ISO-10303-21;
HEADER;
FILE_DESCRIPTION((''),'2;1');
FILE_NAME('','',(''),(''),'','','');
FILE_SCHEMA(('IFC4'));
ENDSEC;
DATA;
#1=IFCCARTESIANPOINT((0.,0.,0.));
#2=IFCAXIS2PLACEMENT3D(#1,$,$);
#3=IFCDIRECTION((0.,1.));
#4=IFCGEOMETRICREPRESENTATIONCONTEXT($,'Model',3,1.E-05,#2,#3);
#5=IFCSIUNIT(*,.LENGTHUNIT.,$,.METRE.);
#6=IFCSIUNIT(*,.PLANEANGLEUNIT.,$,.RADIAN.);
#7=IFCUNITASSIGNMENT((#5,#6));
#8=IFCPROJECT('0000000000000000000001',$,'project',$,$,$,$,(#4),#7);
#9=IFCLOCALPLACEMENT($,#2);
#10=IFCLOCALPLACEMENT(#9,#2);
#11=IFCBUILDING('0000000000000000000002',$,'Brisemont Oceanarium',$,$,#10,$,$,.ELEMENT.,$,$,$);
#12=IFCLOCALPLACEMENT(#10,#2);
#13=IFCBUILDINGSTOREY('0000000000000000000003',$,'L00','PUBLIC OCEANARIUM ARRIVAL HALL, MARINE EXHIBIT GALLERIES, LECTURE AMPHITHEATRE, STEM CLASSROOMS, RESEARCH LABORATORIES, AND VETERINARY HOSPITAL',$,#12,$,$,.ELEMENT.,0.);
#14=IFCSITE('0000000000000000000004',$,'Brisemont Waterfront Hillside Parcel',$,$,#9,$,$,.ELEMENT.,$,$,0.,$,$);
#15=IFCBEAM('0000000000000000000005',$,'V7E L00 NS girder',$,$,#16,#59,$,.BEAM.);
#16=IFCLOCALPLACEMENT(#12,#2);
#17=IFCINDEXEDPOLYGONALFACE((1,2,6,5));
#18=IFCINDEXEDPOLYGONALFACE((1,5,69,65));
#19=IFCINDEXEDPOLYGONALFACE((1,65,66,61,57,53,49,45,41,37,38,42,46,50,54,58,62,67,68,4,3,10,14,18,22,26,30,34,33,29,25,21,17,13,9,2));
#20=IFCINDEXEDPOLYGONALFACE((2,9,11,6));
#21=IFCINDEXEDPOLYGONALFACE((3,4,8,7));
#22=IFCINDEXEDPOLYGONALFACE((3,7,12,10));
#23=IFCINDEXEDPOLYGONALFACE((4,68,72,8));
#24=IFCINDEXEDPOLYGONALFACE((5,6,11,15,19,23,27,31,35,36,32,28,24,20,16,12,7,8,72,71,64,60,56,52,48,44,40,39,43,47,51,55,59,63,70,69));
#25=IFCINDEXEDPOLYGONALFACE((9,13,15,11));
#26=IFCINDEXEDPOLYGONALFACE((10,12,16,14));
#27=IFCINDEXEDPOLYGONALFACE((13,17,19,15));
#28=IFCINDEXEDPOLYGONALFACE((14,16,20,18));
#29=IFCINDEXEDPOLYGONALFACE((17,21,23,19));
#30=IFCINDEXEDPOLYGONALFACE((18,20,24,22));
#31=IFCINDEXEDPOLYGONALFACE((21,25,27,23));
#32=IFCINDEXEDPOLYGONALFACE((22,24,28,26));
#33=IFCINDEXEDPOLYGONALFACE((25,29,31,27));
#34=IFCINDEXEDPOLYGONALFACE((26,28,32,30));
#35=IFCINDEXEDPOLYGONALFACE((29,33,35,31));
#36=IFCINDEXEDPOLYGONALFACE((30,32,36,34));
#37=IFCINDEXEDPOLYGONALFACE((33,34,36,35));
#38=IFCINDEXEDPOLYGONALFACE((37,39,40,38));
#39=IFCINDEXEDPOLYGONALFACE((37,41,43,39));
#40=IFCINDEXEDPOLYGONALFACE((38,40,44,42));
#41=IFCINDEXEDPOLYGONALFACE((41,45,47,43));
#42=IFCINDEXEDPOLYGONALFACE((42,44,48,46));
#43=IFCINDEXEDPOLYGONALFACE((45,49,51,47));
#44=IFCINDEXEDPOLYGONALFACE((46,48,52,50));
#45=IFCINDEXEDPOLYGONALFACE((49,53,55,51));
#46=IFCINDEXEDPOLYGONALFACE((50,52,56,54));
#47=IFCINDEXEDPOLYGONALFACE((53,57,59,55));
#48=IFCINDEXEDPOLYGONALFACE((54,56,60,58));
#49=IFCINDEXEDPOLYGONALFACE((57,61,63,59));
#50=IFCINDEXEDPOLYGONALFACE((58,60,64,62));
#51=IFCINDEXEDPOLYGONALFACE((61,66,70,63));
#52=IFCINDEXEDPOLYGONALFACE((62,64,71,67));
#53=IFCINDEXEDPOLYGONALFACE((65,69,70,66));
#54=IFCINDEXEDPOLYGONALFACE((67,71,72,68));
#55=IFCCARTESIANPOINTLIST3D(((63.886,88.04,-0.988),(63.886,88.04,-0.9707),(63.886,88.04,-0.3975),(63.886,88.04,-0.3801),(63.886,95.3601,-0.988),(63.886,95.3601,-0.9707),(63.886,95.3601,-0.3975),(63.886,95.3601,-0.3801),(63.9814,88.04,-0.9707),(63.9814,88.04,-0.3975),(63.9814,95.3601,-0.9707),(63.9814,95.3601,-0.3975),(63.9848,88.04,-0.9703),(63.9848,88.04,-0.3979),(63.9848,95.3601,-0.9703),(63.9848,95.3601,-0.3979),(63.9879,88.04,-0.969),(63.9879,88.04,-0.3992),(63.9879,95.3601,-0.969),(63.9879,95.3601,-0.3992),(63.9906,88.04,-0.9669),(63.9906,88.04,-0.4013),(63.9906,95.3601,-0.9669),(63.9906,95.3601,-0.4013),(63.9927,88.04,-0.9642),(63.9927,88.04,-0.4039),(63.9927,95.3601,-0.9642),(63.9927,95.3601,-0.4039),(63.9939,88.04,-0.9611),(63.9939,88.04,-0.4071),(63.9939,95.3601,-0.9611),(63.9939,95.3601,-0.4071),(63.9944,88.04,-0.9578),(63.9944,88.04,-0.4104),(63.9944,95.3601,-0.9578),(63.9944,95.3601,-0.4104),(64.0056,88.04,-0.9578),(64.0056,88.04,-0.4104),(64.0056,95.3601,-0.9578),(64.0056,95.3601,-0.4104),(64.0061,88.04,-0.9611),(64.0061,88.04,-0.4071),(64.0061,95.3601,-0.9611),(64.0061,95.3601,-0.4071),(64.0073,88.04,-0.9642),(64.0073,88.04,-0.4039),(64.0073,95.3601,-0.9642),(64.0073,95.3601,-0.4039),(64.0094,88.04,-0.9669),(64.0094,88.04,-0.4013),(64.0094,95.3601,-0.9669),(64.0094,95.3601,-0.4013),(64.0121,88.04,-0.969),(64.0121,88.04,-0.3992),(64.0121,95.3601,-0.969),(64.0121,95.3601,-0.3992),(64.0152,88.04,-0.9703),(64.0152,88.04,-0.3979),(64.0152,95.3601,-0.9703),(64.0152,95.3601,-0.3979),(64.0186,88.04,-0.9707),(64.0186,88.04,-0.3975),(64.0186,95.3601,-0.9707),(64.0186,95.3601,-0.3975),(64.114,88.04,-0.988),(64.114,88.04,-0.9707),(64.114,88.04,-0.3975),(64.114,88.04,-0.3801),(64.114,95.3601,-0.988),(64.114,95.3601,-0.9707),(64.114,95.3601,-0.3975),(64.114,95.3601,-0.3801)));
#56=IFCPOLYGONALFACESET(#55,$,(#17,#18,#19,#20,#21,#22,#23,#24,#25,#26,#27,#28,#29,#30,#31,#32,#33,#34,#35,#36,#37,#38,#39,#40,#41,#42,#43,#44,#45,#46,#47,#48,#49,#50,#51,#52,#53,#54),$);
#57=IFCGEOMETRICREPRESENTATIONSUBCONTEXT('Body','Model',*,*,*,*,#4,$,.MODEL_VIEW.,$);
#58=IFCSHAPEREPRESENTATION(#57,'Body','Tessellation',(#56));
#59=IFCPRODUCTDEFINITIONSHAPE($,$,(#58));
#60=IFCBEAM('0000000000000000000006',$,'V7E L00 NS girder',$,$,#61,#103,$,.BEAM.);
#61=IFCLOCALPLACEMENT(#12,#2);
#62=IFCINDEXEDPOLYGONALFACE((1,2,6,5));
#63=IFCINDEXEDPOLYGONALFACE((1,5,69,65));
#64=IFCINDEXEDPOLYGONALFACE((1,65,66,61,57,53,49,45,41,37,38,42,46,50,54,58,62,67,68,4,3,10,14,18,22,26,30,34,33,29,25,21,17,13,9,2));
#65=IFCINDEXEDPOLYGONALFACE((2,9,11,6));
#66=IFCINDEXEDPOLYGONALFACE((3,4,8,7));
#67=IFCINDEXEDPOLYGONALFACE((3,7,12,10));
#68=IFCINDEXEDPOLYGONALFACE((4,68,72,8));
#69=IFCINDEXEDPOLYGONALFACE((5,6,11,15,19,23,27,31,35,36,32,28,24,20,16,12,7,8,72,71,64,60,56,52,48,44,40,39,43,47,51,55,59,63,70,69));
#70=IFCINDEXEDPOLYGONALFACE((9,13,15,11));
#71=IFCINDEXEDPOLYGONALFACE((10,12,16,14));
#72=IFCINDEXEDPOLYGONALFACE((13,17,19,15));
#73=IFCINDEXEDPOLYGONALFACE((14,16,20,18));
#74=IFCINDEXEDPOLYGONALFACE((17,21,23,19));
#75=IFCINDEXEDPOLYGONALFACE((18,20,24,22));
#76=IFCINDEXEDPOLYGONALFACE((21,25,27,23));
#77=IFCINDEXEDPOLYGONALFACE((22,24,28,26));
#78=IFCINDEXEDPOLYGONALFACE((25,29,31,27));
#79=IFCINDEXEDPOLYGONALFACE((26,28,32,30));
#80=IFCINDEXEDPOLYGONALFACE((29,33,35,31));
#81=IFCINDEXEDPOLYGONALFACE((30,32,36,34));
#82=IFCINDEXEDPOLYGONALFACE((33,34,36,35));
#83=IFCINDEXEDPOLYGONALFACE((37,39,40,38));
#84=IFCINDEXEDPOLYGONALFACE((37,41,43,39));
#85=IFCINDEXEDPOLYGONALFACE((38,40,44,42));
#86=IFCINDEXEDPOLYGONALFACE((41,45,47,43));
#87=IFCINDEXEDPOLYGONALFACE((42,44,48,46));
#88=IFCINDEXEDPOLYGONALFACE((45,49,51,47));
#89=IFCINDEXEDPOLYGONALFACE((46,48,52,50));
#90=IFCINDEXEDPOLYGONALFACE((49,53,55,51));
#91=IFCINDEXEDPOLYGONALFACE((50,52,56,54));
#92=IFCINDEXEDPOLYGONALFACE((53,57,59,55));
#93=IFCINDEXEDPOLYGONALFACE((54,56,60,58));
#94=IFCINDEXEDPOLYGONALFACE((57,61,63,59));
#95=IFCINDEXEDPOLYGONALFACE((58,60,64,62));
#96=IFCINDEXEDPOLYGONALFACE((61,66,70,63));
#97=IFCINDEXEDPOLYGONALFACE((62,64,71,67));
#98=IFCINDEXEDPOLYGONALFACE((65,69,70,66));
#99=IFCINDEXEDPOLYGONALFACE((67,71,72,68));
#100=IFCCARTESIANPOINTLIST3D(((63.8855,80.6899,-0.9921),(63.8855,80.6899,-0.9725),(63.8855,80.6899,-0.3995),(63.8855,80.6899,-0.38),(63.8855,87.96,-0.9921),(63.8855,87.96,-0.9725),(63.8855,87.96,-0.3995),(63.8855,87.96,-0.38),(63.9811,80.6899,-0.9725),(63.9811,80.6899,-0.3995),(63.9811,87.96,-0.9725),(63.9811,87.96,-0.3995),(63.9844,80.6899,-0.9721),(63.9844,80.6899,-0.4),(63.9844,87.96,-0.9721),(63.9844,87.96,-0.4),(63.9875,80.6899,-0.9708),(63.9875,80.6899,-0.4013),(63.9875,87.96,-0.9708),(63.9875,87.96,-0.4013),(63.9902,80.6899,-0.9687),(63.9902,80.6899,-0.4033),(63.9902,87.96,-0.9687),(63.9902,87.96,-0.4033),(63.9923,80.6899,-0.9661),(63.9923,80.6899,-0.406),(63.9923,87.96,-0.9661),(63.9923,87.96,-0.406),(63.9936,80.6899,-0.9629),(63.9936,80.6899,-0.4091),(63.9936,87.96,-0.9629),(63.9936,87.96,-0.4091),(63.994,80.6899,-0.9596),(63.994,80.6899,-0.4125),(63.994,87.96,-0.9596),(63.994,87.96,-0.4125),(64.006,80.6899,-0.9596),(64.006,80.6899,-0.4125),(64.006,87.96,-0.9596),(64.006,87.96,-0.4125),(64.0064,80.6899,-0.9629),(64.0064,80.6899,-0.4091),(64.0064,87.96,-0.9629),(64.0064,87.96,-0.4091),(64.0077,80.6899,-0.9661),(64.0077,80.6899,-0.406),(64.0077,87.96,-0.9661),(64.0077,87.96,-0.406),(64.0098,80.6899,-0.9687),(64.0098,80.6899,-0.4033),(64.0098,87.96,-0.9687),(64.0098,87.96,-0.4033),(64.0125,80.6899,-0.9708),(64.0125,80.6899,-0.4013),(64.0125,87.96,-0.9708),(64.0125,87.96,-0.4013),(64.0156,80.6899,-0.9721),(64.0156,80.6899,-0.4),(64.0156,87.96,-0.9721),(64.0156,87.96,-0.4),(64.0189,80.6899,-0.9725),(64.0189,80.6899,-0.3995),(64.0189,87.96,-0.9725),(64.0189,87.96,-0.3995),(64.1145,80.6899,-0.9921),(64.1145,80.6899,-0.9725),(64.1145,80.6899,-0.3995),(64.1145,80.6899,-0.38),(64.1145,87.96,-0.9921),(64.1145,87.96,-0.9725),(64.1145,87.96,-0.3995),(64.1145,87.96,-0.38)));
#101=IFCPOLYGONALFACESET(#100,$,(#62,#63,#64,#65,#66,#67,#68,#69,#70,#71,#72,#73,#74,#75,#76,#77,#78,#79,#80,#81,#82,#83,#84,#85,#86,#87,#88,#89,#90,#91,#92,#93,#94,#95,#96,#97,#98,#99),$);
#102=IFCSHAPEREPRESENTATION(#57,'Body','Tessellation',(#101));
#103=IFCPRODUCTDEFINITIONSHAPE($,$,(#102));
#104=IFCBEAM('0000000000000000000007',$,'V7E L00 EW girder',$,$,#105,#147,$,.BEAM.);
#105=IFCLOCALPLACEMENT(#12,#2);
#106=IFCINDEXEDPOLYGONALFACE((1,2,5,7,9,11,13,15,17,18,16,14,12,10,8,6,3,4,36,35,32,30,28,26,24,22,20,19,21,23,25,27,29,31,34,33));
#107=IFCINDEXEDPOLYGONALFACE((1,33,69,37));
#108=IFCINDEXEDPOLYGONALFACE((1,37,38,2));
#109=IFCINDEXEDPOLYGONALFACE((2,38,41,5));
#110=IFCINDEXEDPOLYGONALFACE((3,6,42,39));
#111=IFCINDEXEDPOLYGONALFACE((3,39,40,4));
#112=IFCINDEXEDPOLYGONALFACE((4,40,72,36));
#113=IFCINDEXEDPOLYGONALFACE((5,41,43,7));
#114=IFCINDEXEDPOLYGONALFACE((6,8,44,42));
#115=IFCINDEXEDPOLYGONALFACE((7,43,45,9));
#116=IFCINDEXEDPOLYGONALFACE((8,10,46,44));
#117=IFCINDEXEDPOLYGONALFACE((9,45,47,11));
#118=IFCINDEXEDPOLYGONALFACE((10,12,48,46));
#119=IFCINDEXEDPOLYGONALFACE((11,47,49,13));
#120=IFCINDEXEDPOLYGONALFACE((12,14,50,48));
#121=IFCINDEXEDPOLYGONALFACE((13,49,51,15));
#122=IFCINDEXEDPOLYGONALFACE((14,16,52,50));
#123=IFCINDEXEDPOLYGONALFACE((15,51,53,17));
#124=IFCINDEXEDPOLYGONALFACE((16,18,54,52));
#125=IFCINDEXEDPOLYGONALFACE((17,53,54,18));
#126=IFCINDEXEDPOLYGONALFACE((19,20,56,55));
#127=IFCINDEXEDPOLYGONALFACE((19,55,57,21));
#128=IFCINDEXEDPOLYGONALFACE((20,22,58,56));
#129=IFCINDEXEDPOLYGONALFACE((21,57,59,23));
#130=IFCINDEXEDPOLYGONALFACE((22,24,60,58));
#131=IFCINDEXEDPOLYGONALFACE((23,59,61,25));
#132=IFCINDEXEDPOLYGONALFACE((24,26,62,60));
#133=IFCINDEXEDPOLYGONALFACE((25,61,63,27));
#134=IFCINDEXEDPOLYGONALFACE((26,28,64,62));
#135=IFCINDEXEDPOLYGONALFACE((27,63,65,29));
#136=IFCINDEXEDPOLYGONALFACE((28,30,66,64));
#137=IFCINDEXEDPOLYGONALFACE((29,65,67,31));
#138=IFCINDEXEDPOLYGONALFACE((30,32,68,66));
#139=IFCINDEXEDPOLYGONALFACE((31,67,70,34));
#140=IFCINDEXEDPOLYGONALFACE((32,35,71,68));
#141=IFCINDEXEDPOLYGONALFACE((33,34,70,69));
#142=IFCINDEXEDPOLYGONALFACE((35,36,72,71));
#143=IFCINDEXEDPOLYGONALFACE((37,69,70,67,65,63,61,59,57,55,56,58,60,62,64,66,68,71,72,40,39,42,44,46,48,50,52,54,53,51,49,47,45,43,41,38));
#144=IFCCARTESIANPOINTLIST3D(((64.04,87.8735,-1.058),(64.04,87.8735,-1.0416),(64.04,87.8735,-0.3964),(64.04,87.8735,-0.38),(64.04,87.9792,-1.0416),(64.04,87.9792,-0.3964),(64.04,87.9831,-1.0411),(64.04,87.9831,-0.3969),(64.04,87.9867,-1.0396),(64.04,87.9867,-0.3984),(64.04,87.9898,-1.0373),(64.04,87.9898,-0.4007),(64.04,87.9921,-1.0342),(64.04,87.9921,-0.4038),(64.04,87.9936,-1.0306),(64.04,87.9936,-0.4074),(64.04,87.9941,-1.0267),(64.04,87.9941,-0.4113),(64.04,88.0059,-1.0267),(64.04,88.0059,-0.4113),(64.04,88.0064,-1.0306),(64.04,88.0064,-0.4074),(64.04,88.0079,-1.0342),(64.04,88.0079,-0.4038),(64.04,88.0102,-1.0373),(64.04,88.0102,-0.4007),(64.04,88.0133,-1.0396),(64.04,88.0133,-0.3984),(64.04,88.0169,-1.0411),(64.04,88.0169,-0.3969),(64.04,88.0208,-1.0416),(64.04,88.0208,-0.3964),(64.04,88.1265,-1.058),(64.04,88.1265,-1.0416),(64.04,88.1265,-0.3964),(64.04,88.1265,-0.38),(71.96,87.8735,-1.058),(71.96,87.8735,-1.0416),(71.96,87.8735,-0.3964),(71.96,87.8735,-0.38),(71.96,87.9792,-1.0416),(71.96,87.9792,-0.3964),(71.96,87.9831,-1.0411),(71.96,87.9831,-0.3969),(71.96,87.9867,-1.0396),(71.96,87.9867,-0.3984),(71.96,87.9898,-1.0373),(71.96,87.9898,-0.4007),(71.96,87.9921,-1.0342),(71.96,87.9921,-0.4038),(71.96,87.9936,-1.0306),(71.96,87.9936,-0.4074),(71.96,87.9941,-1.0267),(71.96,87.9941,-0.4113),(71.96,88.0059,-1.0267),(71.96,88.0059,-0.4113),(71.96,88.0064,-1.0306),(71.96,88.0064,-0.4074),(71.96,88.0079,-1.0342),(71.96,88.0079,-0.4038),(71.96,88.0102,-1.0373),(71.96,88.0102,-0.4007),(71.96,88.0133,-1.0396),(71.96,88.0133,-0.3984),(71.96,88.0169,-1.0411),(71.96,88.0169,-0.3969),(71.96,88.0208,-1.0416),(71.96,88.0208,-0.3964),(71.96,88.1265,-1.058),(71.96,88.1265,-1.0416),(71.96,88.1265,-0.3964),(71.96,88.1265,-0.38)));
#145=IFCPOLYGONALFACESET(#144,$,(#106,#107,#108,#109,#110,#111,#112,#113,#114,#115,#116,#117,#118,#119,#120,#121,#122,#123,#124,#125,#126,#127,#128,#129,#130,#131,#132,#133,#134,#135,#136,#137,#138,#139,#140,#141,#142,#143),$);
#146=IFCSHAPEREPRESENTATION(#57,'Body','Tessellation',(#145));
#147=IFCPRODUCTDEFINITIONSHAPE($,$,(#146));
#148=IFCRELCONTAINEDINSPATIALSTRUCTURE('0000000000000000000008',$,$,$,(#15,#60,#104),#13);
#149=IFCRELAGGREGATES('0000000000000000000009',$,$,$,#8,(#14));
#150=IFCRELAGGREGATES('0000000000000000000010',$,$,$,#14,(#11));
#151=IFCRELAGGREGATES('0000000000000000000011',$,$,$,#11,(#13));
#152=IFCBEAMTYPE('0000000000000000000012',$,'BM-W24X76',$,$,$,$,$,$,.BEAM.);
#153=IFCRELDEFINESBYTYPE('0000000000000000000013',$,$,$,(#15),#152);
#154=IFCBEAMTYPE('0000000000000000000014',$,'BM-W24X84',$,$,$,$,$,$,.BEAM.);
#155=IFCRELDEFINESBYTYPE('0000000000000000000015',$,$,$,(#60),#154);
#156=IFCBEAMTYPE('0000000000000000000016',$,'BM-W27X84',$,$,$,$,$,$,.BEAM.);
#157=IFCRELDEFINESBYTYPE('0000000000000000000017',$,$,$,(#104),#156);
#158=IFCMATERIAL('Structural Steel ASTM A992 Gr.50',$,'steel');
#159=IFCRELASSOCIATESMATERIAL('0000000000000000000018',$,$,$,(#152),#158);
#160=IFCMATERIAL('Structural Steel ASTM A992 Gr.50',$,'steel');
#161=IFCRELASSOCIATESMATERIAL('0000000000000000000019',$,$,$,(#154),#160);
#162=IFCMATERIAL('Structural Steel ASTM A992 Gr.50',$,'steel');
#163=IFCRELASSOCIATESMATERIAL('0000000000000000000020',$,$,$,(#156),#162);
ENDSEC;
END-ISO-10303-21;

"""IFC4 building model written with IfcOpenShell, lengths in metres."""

from ifc_helpers import new_model, si_unit, direction, frame, origin, origin_2d, place, context, subcontext, project, spatial, i_section, extrude, material, material_profile, profile_set, type_object, element, save


model = new_model("IFC4")

# Units and contexts
model_context = context("Model", 3, precision=1e-05, world=origin(), true_north=direction((0.0, 1.0)))
body_context = subcontext(model_context, "Body", "Model", "MODEL_VIEW")
ifc_project = project(units=[si_unit("LENGTHUNIT", "METRE"), si_unit("PLANEANGLEUNIT", "RADIAN")], contexts=[model_context])

# Site, building, storey
site_placement = place(None, origin())
site = spatial("IfcSite", under=ifc_project, at=site_placement, Name="Brisemont Waterfront Hillside Parcel", CompositionType="ELEMENT", RefElevation=0.0)
building_placement = place(site_placement, origin())
building = spatial("IfcBuilding", under=site, at=building_placement, Name="Brisemont Oceanarium", CompositionType="ELEMENT")
storey_placement = place(building_placement, origin())
storey = spatial("IfcBuildingStorey", under=building, at=storey_placement, Name="L00", Description="PUBLIC OCEANARIUM ARRIVAL HALL, MARINE EXHIBIT GALLERIES, LECTURE AMPHITHEATRE, STEM CLASSROOMS, RESEARCH LABORATORIES, AND VETERINARY HOSPITAL", CompositionType="ELEMENT", Elevation=0.0)

# Beams
ifc_material_1 = material(Name="Structural Steel ASTM A992 Gr.50", Category="steel")
ifc_material_profile_1 = material_profile(ifc_material_1, i_section(OverallWidth=0.228, OverallDepth=0.6079, WebThickness=0.0112, FlangeThickness=0.0173, FilletRadius=0.0129, at=origin_2d()), Name="W24X76")
ifc_profile_set_1 = profile_set([ifc_material_profile_1], Name="Structural Steel ASTM A992 Gr.50")
beam_type_1 = type_object("IfcBeamType", Name="BM-W24X76", PredefinedType="BEAM", material=ifc_profile_set_1)
beam_1_placement = place(storey_placement, frame((64.0, 88.04, -0.6841), z_axis=(0.0, 1.0, 0.0), x_axis=(-1.0, 0.0, 0.0)))
element("IfcBeam", 1, at=beam_1_placement, inside=storey, type_object=beam_type_1, Name="V7E L00 NS girder", PredefinedType="BEAM", context=body_context, shape_type="SweptSolid", body=[
    extrude(i_section(OverallWidth=0.228, OverallDepth=0.6079, WebThickness=0.0112, FlangeThickness=0.0173, FilletRadius=0.0129, at=origin_2d()), origin(), (0.0, 0.0, 1.0), 7.3201),
])
ifc_material_2 = material(Name="Structural Steel ASTM A992 Gr.50", Category="steel")
ifc_material_profile_2 = material_profile(ifc_material_2, i_section(OverallWidth=0.229, OverallDepth=0.6121, WebThickness=0.012, FlangeThickness=0.0195, FilletRadius=0.0129, at=origin_2d()), Name="W24X84")
ifc_profile_set_2 = profile_set([ifc_material_profile_2], Name="Structural Steel ASTM A992 Gr.50")
beam_type_2 = type_object("IfcBeamType", Name="BM-W24X84", PredefinedType="BEAM", material=ifc_profile_set_2)
beam_2_placement = place(storey_placement, frame((64.0, 80.6899, -0.686), z_axis=(0.0, 1.0, 0.0), x_axis=(-1.0, 0.0, 0.0)))
element("IfcBeam", 2, at=beam_2_placement, inside=storey, type_object=beam_type_2, Name="V7E L00 NS girder", PredefinedType="BEAM", context=body_context, shape_type="SweptSolid", body=[
    extrude(i_section(OverallWidth=0.229, OverallDepth=0.6121, WebThickness=0.012, FlangeThickness=0.0195, FilletRadius=0.0129, at=origin_2d()), origin(), (0.0, 0.0, 1.0), 7.27),
])
ifc_material_3 = material(Name="Structural Steel ASTM A992 Gr.50", Category="steel")
ifc_material_profile_3 = material_profile(ifc_material_3, i_section(OverallWidth=0.2529, OverallDepth=0.678, WebThickness=0.0117, FlangeThickness=0.0164, FilletRadius=0.0149, at=origin_2d()), Name="W27X84")
ifc_profile_set_3 = profile_set([ifc_material_profile_3], Name="Structural Steel ASTM A992 Gr.50")
beam_type_3 = type_object("IfcBeamType", Name="BM-W27X84", PredefinedType="BEAM", material=ifc_profile_set_3)
beam_3_placement = place(storey_placement, frame((64.04, 88.0, -0.719), z_axis=(1.0, 0.0, 0.0), x_axis=(0.0, 1.0, 0.0)))
element("IfcBeam", 3, at=beam_3_placement, inside=storey, type_object=beam_type_3, Name="V7E L00 EW girder", PredefinedType="BEAM", context=body_context, shape_type="SweptSolid", body=[
    extrude(i_section(OverallWidth=0.2529, OverallDepth=0.678, WebThickness=0.0117, FlangeThickness=0.0164, FilletRadius=0.0149, at=origin_2d()), origin(), (0.0, 0.0, 1.0), 7.9199),
])

save(model, "model.ifc")
